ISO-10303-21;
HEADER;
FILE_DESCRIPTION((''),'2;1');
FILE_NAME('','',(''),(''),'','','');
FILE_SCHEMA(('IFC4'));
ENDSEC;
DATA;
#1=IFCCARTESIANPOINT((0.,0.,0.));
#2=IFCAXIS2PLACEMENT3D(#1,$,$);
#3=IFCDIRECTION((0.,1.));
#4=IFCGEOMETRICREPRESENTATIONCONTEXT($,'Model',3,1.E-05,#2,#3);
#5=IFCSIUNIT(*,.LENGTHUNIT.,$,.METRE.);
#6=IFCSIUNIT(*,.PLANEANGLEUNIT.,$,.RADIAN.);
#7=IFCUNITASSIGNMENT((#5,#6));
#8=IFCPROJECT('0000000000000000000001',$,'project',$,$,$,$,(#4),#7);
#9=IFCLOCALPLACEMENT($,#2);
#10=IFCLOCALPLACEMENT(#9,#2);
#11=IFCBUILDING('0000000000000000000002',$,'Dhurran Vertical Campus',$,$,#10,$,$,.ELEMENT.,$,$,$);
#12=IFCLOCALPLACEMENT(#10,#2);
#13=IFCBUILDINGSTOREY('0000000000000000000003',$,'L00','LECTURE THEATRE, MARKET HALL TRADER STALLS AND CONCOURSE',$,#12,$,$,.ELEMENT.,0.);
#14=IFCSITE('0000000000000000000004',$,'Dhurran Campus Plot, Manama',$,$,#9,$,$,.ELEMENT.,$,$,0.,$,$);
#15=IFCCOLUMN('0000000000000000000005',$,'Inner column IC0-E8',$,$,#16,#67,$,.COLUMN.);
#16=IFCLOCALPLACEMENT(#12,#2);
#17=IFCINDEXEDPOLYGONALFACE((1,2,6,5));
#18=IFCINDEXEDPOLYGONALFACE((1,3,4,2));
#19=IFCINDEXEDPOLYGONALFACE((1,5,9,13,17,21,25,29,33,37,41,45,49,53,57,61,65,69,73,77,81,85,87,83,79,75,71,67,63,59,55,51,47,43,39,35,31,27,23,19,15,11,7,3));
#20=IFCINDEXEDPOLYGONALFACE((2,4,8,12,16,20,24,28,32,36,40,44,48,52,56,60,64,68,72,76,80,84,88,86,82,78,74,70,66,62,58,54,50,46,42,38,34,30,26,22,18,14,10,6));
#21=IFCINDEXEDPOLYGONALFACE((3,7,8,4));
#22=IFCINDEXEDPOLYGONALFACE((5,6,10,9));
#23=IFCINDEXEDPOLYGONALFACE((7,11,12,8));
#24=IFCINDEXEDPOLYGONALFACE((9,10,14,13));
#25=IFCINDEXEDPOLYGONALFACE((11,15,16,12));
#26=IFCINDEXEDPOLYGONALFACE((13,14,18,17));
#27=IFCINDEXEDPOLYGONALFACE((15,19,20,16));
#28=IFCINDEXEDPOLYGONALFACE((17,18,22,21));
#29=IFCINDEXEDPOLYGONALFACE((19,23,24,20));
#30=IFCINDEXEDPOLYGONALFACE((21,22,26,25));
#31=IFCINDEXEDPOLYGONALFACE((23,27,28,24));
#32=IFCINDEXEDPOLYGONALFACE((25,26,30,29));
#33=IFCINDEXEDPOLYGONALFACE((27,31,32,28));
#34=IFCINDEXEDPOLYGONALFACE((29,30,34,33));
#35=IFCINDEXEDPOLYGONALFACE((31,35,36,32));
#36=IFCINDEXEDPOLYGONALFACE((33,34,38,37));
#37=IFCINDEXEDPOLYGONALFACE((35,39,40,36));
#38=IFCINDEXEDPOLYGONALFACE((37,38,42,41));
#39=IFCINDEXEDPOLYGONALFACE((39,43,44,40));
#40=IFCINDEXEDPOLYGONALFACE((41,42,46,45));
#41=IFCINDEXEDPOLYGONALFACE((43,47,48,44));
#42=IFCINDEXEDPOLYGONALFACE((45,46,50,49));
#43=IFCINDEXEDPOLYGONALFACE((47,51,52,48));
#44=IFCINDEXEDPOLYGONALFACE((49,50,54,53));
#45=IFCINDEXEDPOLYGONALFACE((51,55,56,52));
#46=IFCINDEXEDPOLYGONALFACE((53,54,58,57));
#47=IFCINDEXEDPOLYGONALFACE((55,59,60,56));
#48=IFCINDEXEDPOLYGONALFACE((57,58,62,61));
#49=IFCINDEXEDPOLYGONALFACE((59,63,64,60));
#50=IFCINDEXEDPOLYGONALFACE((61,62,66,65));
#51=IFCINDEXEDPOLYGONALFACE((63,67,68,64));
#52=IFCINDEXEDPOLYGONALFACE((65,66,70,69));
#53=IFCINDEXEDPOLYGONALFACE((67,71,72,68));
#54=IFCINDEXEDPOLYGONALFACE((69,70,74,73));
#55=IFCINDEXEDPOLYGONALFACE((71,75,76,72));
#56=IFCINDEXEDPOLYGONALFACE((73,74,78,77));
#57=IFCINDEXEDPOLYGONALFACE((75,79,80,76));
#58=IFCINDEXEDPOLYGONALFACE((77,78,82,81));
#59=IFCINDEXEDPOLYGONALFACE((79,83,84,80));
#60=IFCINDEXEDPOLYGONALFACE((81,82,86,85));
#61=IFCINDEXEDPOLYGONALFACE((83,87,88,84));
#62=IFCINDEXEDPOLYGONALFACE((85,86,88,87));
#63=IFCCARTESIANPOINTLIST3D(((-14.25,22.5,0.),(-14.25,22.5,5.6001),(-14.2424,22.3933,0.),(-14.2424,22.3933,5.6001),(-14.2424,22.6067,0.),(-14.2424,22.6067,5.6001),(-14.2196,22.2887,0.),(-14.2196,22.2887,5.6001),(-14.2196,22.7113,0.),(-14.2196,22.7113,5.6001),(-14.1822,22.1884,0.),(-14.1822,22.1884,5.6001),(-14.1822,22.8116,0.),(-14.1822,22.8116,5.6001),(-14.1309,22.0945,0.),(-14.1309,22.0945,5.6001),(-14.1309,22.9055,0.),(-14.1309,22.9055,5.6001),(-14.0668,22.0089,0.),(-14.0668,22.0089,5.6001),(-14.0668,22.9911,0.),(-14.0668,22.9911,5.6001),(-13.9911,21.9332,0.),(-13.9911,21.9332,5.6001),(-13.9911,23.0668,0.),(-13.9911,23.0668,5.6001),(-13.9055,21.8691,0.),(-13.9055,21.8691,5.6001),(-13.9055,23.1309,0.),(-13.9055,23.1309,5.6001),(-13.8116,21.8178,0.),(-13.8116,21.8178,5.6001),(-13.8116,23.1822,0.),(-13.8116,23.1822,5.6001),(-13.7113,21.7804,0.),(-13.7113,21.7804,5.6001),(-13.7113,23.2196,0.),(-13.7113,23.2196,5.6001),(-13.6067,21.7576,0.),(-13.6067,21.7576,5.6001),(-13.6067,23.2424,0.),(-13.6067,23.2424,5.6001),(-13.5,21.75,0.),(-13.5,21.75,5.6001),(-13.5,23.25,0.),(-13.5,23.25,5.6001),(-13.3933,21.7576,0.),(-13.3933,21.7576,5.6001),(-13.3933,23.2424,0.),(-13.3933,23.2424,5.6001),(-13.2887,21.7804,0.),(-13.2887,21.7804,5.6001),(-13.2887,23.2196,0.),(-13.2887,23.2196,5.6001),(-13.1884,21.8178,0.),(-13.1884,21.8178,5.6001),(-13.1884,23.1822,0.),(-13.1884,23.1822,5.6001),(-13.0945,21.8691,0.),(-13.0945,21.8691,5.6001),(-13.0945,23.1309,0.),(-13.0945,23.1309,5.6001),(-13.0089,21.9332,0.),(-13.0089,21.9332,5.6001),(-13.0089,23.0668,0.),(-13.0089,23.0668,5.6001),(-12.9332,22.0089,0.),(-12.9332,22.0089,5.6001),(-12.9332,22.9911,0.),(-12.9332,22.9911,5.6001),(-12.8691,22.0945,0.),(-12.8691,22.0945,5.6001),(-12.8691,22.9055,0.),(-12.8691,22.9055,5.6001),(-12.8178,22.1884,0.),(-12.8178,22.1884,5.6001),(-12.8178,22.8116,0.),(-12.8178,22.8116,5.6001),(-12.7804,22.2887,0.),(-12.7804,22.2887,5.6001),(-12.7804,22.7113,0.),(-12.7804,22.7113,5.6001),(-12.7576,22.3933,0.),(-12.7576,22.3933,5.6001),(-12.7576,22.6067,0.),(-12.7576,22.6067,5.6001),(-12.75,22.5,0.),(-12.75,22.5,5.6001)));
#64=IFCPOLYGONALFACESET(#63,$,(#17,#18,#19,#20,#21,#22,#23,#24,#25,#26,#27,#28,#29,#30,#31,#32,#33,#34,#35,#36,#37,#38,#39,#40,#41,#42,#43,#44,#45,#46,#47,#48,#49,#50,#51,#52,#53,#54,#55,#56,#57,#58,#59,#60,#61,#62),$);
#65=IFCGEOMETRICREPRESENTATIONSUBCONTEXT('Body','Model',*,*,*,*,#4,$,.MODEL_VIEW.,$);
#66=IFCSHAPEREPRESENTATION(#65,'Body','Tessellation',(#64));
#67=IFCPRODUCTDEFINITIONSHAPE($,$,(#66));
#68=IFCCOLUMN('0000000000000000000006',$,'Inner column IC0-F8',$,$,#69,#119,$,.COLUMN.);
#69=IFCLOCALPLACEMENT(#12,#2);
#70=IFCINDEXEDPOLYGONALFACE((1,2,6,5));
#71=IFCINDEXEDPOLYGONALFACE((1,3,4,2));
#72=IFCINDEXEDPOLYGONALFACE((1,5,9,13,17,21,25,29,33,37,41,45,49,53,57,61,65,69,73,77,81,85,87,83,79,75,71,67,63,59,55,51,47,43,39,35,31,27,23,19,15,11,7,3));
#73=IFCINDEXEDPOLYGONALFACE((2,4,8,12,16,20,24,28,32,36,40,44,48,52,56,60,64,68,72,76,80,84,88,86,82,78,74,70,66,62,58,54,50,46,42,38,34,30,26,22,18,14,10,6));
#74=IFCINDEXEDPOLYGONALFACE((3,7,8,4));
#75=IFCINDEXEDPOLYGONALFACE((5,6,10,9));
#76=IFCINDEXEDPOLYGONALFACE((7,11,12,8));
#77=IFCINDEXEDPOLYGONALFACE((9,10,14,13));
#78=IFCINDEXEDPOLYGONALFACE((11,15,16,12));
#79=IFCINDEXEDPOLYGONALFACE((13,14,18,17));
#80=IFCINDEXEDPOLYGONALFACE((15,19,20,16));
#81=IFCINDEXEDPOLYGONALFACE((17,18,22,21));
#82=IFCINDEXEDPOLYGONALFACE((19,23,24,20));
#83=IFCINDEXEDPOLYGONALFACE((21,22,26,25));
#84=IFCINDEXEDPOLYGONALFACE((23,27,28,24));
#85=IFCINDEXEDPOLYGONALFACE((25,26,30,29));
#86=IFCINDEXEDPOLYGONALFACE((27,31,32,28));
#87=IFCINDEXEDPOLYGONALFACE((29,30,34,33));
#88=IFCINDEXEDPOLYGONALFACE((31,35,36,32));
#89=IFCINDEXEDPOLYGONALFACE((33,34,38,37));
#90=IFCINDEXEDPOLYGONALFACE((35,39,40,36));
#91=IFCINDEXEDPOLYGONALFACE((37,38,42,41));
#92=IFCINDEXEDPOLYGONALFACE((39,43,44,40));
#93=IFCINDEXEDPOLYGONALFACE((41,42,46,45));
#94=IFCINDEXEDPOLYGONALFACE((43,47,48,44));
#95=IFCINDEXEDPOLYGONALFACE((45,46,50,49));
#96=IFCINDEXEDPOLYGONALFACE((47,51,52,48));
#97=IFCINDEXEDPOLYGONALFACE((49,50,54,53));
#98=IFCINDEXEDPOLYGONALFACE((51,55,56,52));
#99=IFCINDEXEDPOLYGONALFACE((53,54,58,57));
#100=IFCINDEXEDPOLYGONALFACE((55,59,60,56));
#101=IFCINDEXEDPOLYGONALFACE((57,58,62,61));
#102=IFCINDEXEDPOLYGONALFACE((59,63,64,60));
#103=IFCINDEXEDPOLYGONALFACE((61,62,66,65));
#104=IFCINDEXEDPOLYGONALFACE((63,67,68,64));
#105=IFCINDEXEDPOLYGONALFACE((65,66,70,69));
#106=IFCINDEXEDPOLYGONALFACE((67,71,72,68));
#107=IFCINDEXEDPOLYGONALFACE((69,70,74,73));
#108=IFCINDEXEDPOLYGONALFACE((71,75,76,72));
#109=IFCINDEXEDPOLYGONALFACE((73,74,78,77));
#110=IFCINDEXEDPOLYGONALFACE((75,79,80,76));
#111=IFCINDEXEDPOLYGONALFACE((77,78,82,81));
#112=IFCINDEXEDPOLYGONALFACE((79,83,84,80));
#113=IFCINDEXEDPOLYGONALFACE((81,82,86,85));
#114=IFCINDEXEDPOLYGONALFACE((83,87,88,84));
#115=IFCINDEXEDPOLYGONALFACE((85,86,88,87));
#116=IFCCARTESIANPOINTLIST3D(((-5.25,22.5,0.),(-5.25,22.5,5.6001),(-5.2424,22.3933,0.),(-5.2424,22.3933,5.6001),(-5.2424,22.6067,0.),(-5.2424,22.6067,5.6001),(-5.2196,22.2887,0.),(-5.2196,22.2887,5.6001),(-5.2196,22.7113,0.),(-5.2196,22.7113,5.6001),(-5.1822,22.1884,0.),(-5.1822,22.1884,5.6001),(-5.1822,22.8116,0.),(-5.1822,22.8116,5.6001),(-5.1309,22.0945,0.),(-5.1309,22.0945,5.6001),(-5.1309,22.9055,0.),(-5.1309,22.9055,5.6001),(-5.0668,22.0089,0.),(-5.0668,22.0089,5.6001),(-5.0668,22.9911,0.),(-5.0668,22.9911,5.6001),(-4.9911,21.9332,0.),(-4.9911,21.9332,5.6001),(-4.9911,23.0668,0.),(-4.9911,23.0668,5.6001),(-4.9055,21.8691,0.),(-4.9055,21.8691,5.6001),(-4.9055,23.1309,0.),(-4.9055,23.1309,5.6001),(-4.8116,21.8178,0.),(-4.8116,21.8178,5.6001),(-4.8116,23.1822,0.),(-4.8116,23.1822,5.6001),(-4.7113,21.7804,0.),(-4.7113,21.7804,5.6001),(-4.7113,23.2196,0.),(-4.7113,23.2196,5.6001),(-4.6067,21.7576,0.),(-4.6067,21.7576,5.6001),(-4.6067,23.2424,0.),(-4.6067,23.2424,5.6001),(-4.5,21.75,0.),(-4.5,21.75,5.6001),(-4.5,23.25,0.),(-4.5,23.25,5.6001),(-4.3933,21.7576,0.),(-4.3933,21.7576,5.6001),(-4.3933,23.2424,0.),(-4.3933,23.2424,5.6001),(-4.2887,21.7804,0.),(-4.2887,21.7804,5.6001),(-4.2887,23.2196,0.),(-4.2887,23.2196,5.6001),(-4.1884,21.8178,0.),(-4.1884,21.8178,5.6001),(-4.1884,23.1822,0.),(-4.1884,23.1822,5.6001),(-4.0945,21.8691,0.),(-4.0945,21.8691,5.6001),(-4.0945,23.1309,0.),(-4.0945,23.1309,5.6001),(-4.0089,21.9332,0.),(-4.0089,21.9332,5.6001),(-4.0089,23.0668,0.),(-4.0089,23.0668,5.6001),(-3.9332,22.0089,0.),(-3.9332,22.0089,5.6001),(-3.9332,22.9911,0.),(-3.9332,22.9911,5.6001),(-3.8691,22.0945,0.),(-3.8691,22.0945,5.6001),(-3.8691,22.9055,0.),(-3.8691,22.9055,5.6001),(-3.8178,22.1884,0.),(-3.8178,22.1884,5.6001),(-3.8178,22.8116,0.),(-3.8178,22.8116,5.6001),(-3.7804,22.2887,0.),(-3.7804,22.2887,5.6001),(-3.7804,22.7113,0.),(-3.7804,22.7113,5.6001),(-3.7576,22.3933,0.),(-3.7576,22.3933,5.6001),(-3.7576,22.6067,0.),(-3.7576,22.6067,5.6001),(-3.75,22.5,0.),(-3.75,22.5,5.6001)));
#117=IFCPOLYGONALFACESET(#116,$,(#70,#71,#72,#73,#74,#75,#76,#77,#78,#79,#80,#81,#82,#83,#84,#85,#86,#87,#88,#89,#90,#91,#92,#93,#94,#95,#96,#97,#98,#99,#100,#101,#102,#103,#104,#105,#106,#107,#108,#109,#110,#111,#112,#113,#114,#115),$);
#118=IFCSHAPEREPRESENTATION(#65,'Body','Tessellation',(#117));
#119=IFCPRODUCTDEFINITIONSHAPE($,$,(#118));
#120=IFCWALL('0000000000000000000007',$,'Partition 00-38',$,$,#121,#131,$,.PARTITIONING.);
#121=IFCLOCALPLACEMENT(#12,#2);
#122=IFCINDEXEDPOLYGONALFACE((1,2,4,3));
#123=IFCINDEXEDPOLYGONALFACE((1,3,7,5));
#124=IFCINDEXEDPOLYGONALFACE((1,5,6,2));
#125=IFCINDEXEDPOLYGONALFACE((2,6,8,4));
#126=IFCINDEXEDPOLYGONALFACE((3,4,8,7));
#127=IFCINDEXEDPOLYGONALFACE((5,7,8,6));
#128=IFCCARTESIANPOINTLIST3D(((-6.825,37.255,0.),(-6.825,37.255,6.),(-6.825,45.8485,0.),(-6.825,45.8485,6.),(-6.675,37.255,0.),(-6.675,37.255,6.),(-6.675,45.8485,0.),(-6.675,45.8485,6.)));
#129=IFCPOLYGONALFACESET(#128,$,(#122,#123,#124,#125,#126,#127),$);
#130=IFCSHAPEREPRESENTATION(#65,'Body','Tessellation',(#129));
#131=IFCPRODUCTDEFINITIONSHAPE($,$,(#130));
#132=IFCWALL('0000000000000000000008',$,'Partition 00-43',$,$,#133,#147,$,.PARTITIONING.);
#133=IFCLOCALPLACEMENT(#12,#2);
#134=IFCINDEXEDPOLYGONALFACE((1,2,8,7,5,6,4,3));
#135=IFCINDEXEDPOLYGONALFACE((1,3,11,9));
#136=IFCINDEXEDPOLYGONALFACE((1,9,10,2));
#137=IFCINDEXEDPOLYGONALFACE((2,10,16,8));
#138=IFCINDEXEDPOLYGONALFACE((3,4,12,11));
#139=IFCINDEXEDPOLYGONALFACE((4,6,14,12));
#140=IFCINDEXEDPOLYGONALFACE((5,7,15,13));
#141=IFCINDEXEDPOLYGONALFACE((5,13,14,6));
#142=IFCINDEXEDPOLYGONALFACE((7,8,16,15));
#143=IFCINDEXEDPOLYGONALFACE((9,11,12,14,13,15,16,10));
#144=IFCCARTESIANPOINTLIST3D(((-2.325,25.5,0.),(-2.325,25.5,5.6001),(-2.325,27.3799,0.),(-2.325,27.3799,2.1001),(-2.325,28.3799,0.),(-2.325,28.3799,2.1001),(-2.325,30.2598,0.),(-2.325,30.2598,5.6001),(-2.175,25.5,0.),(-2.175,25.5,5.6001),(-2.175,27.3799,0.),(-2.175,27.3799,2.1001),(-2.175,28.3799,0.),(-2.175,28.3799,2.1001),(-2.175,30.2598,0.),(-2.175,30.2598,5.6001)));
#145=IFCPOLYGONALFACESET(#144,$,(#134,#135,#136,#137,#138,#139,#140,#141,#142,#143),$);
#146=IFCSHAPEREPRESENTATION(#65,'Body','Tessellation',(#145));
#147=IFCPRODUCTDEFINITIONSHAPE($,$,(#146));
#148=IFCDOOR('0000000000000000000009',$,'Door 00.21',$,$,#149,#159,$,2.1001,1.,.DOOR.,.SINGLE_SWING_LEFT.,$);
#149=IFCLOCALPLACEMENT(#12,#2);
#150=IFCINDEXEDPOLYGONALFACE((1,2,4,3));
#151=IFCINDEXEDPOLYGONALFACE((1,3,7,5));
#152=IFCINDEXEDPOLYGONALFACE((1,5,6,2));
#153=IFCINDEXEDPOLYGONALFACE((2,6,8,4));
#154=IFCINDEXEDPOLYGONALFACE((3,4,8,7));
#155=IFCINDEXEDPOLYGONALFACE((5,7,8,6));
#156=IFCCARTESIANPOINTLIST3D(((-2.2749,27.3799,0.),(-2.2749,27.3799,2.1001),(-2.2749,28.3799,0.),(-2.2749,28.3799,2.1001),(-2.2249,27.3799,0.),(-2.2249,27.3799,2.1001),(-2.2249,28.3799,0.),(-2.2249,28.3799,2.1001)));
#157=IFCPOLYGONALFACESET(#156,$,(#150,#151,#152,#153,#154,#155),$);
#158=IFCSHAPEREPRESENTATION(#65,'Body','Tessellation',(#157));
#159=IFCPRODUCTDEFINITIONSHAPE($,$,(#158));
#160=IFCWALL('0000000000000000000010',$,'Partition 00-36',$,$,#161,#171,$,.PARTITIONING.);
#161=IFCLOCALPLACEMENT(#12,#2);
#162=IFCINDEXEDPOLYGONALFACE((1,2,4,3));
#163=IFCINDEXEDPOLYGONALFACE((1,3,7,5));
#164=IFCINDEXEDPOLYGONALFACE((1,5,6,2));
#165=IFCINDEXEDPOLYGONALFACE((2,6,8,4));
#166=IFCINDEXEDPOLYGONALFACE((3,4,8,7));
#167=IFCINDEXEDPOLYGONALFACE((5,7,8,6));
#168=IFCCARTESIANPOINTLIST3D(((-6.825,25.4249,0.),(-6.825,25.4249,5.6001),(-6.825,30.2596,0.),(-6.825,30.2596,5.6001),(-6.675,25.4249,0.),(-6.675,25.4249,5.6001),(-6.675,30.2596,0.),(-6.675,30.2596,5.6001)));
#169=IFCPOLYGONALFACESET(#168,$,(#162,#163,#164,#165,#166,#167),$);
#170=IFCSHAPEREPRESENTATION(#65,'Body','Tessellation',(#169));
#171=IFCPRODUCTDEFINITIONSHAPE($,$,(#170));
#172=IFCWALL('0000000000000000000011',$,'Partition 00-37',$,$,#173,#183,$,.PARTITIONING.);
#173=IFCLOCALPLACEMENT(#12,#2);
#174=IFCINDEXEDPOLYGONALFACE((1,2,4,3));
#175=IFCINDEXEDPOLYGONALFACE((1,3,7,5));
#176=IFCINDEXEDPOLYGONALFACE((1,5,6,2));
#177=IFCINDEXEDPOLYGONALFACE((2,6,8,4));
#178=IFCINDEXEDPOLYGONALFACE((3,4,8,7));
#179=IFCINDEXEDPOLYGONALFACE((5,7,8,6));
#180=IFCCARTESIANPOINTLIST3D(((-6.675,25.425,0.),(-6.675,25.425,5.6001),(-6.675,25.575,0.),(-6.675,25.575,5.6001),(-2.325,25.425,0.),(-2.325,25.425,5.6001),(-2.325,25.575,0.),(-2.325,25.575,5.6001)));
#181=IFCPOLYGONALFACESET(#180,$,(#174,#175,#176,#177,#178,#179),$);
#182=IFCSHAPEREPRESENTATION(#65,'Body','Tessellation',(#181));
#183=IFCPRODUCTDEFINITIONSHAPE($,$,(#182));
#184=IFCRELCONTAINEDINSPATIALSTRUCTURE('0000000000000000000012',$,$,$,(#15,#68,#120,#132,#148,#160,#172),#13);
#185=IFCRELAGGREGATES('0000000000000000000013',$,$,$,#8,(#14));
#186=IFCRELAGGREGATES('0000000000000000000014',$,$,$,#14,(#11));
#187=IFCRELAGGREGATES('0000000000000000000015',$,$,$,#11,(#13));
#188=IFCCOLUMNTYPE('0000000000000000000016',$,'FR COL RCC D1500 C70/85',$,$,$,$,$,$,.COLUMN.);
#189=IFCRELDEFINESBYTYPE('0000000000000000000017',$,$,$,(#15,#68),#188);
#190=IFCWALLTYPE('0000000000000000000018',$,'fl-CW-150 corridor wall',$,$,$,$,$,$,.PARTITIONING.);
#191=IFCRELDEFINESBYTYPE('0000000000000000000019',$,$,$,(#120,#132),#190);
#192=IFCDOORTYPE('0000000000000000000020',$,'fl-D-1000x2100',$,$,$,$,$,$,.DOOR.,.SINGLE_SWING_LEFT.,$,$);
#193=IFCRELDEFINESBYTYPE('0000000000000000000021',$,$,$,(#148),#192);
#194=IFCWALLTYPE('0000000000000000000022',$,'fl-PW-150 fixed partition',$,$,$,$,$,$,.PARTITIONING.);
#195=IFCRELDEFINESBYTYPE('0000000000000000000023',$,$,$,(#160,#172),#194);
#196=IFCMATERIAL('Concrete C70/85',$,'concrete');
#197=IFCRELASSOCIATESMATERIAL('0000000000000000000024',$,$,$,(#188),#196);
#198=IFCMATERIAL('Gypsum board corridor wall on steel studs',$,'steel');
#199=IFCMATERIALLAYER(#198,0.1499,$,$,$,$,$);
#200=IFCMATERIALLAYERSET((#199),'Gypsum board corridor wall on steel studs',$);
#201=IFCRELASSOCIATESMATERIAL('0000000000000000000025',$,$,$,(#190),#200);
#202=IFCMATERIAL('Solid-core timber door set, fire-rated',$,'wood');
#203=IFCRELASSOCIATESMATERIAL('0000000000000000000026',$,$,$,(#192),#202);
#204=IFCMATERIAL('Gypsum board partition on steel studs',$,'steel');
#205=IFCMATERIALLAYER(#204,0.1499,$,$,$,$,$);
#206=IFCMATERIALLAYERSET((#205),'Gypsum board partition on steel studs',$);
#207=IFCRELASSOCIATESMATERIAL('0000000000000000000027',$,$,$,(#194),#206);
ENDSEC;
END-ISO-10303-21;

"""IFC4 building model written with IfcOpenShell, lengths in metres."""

from ifc_helpers import new_model, si_unit, direction, frame, frame_2d, origin, origin_2d, place, context, subcontext, project, spatial, rectangle, circle, extrude, material, layer, layer_set, material_profile, profile_set, type_object, element, fill, save


model = new_model("IFC4")

# Units and contexts
model_context = context("Model", 3, precision=1e-05, world=origin(), true_north=direction((0.0, 1.0)))
body_context = subcontext(model_context, "Body", "Model", "MODEL_VIEW")
ifc_project = project(units=[si_unit("LENGTHUNIT", "METRE"), si_unit("PLANEANGLEUNIT", "RADIAN")], contexts=[model_context])

# Site, building, storey
site_placement = place(None, origin())
site = spatial("IfcSite", under=ifc_project, at=site_placement, Name="Dhurran Campus Plot, Manama", CompositionType="ELEMENT", RefElevation=0.0)
building_placement = place(site_placement, origin())
building = spatial("IfcBuilding", under=site, at=building_placement, Name="Dhurran Vertical Campus", CompositionType="ELEMENT")
storey_placement = place(building_placement, origin())
storey = spatial("IfcBuildingStorey", under=building, at=storey_placement, Name="L00", Description="LECTURE THEATRE, MARKET HALL TRADER STALLS AND CONCOURSE", CompositionType="ELEMENT", Elevation=0.0)

# Columns
ifc_material_1 = material(Name="Concrete C70/85", Category="concrete")
ifc_material_profile_1 = material_profile(ifc_material_1, circle(Radius=0.75, at=origin_2d()), Name="RCC D1500")
ifc_profile_set_1 = profile_set([ifc_material_profile_1], Name="Concrete C70/85")
column_type_1 = type_object("IfcColumnType", Name="FR COL RCC D1500 C70/85", PredefinedType="COLUMN", material=ifc_profile_set_1)
for number, where, z_axis, x_axis, name in (
    (1, (-13.5, 22.5, 0.0), (0.0, 0.0, 1.0), (1.0, 0.0, 0.0), "Inner column IC0-E8"),
    (2, (-4.5, 22.5, 0.0), (0.0, 0.0, 1.0), (1.0, 0.0, 0.0), "Inner column IC0-F8"),
):
    element("IfcColumn", number, at=place(storey_placement, frame(where, z_axis=z_axis, x_axis=x_axis)), inside=storey, type_object=column_type_1, Name=name, PredefinedType="COLUMN", context=body_context, shape_type="SweptSolid", body=[
        extrude(circle(Radius=0.75, at=origin_2d()), origin(), (0.0, 0.0, 1.0), 5.6001),
    ])

# Wall
ifc_material_2 = material(Name="Gypsum board corridor wall on steel studs", Category="steel")
ifc_layer_1 = layer(ifc_material_2, 0.1499)
ifc_layer_set_1 = layer_set([ifc_layer_1], Name="Gypsum board corridor wall on steel studs")
wall_type_1 = type_object("IfcWallType", Name="fl-CW-150 corridor wall", PredefinedType="PARTITIONING", material=ifc_layer_set_1)
wall_1_placement = place(storey_placement, frame((-6.75, 37.2549, 0.0), z_axis=(0.0, 0.0, 1.0), x_axis=(0.0, 1.0, 0.0)))
element("IfcWall", 3, at=wall_1_placement, inside=storey, type_object=wall_type_1, Name="Partition 00-38", PredefinedType="PARTITIONING", context=body_context, shape_type="SweptSolid", body=[
    extrude(rectangle(XDim=8.5935, YDim=0.1499, at=frame_2d((4.2969, 0.0))), origin(), (0.0, 0.0, 1.0), 6.0),
])

# Wall, opening, door
wall_2_placement = place(storey_placement, frame((-2.25, 25.5, 0.0), z_axis=(0.0, 0.0, 1.0), x_axis=(0.0, 1.0, 0.0)))
wall_2 = element("IfcWall", 4, at=wall_2_placement, inside=storey, type_object=wall_type_1, Name="Partition 00-43", PredefinedType="PARTITIONING", context=body_context, shape_type="SweptSolid", body=[
    extrude(rectangle(XDim=4.7598, YDim=0.1499, at=frame_2d((2.3799, 0.0))), origin(), (0.0, 0.0, 1.0), 5.6001),
])
opening_placement = place(wall_2_placement, frame((1.8799, 0.0, 0.0)))
opening = element("IfcOpeningElement", 5, at=opening_placement, cuts=wall_2, PredefinedType="OPENING", context=body_context, shape_type="SweptSolid", body=[
    extrude(rectangle(XDim=1.0, YDim=2.1001, at=frame_2d((0.5, 1.05))), frame((0.0, 0.085, 0.0), z_axis=(0.0, -1.0, 0.0), x_axis=(1.0, 0.0, 0.0)), (0.0, 0.0, 1.0), 0.1699),
])
ifc_material_3 = material(Name="Solid-core timber door set, fire-rated", Category="wood")
door_type = type_object("IfcDoorType", Name="fl-D-1000x2100", OperationType="SINGLE_SWING_LEFT", PredefinedType="DOOR", material=ifc_material_3)
door_placement = place(opening_placement, origin())
door = element("IfcDoor", 6, at=door_placement, inside=storey, type_object=door_type, Name="Door 00.21", OperationType="SINGLE_SWING_LEFT", OverallHeight=2.1001, OverallWidth=1.0, PredefinedType="DOOR", context=body_context, shape_type="SweptSolid", body=[
    extrude(rectangle(XDim=1.0, YDim=2.1001, at=frame_2d((0.5, 1.05))), frame((0.0, 0.0249, 0.0), z_axis=(0.0, -1.0, 0.0), x_axis=(1.0, 0.0, 0.0)), (0.0, 0.0, 1.0), 0.05),
])
fill(opening, door)

# Walls
ifc_material_4 = material(Name="Gypsum board partition on steel studs", Category="steel")
ifc_layer_2 = layer(ifc_material_4, 0.1499)
ifc_layer_set_2 = layer_set([ifc_layer_2], Name="Gypsum board partition on steel studs")
wall_type_2 = type_object("IfcWallType", Name="fl-PW-150 fixed partition", PredefinedType="PARTITIONING", material=ifc_layer_set_2)
wall_3_placement = place(storey_placement, frame((-6.75, 30.2598, 0.0), z_axis=(0.0, 0.0, 1.0), x_axis=(0.0, -1.0, 0.0)))
element("IfcWall", 7, at=wall_3_placement, inside=storey, type_object=wall_type_2, Name="Partition 00-36", PredefinedType="PARTITIONING", context=body_context, shape_type="SweptSolid", body=[
    extrude(rectangle(XDim=4.8347, YDim=0.1499, at=frame_2d((2.4175, 0.0))), origin(), (0.0, 0.0, 1.0), 5.6001),
])
wall_4_placement = place(storey_placement, frame((-6.675, 25.5, 0.0), z_axis=(0.0, 0.0, 1.0), x_axis=(1.0, 0.0, 0.0)))
element("IfcWall", 8, at=wall_4_placement, inside=storey, type_object=wall_type_2, Name="Partition 00-37", PredefinedType="PARTITIONING", context=body_context, shape_type="SweptSolid", body=[
    extrude(rectangle(XDim=4.3501, YDim=0.1499, at=frame_2d((2.175, 0.0))), origin(), (0.0, 0.0, 1.0), 5.6001),
])

save(model, "model.ifc")
